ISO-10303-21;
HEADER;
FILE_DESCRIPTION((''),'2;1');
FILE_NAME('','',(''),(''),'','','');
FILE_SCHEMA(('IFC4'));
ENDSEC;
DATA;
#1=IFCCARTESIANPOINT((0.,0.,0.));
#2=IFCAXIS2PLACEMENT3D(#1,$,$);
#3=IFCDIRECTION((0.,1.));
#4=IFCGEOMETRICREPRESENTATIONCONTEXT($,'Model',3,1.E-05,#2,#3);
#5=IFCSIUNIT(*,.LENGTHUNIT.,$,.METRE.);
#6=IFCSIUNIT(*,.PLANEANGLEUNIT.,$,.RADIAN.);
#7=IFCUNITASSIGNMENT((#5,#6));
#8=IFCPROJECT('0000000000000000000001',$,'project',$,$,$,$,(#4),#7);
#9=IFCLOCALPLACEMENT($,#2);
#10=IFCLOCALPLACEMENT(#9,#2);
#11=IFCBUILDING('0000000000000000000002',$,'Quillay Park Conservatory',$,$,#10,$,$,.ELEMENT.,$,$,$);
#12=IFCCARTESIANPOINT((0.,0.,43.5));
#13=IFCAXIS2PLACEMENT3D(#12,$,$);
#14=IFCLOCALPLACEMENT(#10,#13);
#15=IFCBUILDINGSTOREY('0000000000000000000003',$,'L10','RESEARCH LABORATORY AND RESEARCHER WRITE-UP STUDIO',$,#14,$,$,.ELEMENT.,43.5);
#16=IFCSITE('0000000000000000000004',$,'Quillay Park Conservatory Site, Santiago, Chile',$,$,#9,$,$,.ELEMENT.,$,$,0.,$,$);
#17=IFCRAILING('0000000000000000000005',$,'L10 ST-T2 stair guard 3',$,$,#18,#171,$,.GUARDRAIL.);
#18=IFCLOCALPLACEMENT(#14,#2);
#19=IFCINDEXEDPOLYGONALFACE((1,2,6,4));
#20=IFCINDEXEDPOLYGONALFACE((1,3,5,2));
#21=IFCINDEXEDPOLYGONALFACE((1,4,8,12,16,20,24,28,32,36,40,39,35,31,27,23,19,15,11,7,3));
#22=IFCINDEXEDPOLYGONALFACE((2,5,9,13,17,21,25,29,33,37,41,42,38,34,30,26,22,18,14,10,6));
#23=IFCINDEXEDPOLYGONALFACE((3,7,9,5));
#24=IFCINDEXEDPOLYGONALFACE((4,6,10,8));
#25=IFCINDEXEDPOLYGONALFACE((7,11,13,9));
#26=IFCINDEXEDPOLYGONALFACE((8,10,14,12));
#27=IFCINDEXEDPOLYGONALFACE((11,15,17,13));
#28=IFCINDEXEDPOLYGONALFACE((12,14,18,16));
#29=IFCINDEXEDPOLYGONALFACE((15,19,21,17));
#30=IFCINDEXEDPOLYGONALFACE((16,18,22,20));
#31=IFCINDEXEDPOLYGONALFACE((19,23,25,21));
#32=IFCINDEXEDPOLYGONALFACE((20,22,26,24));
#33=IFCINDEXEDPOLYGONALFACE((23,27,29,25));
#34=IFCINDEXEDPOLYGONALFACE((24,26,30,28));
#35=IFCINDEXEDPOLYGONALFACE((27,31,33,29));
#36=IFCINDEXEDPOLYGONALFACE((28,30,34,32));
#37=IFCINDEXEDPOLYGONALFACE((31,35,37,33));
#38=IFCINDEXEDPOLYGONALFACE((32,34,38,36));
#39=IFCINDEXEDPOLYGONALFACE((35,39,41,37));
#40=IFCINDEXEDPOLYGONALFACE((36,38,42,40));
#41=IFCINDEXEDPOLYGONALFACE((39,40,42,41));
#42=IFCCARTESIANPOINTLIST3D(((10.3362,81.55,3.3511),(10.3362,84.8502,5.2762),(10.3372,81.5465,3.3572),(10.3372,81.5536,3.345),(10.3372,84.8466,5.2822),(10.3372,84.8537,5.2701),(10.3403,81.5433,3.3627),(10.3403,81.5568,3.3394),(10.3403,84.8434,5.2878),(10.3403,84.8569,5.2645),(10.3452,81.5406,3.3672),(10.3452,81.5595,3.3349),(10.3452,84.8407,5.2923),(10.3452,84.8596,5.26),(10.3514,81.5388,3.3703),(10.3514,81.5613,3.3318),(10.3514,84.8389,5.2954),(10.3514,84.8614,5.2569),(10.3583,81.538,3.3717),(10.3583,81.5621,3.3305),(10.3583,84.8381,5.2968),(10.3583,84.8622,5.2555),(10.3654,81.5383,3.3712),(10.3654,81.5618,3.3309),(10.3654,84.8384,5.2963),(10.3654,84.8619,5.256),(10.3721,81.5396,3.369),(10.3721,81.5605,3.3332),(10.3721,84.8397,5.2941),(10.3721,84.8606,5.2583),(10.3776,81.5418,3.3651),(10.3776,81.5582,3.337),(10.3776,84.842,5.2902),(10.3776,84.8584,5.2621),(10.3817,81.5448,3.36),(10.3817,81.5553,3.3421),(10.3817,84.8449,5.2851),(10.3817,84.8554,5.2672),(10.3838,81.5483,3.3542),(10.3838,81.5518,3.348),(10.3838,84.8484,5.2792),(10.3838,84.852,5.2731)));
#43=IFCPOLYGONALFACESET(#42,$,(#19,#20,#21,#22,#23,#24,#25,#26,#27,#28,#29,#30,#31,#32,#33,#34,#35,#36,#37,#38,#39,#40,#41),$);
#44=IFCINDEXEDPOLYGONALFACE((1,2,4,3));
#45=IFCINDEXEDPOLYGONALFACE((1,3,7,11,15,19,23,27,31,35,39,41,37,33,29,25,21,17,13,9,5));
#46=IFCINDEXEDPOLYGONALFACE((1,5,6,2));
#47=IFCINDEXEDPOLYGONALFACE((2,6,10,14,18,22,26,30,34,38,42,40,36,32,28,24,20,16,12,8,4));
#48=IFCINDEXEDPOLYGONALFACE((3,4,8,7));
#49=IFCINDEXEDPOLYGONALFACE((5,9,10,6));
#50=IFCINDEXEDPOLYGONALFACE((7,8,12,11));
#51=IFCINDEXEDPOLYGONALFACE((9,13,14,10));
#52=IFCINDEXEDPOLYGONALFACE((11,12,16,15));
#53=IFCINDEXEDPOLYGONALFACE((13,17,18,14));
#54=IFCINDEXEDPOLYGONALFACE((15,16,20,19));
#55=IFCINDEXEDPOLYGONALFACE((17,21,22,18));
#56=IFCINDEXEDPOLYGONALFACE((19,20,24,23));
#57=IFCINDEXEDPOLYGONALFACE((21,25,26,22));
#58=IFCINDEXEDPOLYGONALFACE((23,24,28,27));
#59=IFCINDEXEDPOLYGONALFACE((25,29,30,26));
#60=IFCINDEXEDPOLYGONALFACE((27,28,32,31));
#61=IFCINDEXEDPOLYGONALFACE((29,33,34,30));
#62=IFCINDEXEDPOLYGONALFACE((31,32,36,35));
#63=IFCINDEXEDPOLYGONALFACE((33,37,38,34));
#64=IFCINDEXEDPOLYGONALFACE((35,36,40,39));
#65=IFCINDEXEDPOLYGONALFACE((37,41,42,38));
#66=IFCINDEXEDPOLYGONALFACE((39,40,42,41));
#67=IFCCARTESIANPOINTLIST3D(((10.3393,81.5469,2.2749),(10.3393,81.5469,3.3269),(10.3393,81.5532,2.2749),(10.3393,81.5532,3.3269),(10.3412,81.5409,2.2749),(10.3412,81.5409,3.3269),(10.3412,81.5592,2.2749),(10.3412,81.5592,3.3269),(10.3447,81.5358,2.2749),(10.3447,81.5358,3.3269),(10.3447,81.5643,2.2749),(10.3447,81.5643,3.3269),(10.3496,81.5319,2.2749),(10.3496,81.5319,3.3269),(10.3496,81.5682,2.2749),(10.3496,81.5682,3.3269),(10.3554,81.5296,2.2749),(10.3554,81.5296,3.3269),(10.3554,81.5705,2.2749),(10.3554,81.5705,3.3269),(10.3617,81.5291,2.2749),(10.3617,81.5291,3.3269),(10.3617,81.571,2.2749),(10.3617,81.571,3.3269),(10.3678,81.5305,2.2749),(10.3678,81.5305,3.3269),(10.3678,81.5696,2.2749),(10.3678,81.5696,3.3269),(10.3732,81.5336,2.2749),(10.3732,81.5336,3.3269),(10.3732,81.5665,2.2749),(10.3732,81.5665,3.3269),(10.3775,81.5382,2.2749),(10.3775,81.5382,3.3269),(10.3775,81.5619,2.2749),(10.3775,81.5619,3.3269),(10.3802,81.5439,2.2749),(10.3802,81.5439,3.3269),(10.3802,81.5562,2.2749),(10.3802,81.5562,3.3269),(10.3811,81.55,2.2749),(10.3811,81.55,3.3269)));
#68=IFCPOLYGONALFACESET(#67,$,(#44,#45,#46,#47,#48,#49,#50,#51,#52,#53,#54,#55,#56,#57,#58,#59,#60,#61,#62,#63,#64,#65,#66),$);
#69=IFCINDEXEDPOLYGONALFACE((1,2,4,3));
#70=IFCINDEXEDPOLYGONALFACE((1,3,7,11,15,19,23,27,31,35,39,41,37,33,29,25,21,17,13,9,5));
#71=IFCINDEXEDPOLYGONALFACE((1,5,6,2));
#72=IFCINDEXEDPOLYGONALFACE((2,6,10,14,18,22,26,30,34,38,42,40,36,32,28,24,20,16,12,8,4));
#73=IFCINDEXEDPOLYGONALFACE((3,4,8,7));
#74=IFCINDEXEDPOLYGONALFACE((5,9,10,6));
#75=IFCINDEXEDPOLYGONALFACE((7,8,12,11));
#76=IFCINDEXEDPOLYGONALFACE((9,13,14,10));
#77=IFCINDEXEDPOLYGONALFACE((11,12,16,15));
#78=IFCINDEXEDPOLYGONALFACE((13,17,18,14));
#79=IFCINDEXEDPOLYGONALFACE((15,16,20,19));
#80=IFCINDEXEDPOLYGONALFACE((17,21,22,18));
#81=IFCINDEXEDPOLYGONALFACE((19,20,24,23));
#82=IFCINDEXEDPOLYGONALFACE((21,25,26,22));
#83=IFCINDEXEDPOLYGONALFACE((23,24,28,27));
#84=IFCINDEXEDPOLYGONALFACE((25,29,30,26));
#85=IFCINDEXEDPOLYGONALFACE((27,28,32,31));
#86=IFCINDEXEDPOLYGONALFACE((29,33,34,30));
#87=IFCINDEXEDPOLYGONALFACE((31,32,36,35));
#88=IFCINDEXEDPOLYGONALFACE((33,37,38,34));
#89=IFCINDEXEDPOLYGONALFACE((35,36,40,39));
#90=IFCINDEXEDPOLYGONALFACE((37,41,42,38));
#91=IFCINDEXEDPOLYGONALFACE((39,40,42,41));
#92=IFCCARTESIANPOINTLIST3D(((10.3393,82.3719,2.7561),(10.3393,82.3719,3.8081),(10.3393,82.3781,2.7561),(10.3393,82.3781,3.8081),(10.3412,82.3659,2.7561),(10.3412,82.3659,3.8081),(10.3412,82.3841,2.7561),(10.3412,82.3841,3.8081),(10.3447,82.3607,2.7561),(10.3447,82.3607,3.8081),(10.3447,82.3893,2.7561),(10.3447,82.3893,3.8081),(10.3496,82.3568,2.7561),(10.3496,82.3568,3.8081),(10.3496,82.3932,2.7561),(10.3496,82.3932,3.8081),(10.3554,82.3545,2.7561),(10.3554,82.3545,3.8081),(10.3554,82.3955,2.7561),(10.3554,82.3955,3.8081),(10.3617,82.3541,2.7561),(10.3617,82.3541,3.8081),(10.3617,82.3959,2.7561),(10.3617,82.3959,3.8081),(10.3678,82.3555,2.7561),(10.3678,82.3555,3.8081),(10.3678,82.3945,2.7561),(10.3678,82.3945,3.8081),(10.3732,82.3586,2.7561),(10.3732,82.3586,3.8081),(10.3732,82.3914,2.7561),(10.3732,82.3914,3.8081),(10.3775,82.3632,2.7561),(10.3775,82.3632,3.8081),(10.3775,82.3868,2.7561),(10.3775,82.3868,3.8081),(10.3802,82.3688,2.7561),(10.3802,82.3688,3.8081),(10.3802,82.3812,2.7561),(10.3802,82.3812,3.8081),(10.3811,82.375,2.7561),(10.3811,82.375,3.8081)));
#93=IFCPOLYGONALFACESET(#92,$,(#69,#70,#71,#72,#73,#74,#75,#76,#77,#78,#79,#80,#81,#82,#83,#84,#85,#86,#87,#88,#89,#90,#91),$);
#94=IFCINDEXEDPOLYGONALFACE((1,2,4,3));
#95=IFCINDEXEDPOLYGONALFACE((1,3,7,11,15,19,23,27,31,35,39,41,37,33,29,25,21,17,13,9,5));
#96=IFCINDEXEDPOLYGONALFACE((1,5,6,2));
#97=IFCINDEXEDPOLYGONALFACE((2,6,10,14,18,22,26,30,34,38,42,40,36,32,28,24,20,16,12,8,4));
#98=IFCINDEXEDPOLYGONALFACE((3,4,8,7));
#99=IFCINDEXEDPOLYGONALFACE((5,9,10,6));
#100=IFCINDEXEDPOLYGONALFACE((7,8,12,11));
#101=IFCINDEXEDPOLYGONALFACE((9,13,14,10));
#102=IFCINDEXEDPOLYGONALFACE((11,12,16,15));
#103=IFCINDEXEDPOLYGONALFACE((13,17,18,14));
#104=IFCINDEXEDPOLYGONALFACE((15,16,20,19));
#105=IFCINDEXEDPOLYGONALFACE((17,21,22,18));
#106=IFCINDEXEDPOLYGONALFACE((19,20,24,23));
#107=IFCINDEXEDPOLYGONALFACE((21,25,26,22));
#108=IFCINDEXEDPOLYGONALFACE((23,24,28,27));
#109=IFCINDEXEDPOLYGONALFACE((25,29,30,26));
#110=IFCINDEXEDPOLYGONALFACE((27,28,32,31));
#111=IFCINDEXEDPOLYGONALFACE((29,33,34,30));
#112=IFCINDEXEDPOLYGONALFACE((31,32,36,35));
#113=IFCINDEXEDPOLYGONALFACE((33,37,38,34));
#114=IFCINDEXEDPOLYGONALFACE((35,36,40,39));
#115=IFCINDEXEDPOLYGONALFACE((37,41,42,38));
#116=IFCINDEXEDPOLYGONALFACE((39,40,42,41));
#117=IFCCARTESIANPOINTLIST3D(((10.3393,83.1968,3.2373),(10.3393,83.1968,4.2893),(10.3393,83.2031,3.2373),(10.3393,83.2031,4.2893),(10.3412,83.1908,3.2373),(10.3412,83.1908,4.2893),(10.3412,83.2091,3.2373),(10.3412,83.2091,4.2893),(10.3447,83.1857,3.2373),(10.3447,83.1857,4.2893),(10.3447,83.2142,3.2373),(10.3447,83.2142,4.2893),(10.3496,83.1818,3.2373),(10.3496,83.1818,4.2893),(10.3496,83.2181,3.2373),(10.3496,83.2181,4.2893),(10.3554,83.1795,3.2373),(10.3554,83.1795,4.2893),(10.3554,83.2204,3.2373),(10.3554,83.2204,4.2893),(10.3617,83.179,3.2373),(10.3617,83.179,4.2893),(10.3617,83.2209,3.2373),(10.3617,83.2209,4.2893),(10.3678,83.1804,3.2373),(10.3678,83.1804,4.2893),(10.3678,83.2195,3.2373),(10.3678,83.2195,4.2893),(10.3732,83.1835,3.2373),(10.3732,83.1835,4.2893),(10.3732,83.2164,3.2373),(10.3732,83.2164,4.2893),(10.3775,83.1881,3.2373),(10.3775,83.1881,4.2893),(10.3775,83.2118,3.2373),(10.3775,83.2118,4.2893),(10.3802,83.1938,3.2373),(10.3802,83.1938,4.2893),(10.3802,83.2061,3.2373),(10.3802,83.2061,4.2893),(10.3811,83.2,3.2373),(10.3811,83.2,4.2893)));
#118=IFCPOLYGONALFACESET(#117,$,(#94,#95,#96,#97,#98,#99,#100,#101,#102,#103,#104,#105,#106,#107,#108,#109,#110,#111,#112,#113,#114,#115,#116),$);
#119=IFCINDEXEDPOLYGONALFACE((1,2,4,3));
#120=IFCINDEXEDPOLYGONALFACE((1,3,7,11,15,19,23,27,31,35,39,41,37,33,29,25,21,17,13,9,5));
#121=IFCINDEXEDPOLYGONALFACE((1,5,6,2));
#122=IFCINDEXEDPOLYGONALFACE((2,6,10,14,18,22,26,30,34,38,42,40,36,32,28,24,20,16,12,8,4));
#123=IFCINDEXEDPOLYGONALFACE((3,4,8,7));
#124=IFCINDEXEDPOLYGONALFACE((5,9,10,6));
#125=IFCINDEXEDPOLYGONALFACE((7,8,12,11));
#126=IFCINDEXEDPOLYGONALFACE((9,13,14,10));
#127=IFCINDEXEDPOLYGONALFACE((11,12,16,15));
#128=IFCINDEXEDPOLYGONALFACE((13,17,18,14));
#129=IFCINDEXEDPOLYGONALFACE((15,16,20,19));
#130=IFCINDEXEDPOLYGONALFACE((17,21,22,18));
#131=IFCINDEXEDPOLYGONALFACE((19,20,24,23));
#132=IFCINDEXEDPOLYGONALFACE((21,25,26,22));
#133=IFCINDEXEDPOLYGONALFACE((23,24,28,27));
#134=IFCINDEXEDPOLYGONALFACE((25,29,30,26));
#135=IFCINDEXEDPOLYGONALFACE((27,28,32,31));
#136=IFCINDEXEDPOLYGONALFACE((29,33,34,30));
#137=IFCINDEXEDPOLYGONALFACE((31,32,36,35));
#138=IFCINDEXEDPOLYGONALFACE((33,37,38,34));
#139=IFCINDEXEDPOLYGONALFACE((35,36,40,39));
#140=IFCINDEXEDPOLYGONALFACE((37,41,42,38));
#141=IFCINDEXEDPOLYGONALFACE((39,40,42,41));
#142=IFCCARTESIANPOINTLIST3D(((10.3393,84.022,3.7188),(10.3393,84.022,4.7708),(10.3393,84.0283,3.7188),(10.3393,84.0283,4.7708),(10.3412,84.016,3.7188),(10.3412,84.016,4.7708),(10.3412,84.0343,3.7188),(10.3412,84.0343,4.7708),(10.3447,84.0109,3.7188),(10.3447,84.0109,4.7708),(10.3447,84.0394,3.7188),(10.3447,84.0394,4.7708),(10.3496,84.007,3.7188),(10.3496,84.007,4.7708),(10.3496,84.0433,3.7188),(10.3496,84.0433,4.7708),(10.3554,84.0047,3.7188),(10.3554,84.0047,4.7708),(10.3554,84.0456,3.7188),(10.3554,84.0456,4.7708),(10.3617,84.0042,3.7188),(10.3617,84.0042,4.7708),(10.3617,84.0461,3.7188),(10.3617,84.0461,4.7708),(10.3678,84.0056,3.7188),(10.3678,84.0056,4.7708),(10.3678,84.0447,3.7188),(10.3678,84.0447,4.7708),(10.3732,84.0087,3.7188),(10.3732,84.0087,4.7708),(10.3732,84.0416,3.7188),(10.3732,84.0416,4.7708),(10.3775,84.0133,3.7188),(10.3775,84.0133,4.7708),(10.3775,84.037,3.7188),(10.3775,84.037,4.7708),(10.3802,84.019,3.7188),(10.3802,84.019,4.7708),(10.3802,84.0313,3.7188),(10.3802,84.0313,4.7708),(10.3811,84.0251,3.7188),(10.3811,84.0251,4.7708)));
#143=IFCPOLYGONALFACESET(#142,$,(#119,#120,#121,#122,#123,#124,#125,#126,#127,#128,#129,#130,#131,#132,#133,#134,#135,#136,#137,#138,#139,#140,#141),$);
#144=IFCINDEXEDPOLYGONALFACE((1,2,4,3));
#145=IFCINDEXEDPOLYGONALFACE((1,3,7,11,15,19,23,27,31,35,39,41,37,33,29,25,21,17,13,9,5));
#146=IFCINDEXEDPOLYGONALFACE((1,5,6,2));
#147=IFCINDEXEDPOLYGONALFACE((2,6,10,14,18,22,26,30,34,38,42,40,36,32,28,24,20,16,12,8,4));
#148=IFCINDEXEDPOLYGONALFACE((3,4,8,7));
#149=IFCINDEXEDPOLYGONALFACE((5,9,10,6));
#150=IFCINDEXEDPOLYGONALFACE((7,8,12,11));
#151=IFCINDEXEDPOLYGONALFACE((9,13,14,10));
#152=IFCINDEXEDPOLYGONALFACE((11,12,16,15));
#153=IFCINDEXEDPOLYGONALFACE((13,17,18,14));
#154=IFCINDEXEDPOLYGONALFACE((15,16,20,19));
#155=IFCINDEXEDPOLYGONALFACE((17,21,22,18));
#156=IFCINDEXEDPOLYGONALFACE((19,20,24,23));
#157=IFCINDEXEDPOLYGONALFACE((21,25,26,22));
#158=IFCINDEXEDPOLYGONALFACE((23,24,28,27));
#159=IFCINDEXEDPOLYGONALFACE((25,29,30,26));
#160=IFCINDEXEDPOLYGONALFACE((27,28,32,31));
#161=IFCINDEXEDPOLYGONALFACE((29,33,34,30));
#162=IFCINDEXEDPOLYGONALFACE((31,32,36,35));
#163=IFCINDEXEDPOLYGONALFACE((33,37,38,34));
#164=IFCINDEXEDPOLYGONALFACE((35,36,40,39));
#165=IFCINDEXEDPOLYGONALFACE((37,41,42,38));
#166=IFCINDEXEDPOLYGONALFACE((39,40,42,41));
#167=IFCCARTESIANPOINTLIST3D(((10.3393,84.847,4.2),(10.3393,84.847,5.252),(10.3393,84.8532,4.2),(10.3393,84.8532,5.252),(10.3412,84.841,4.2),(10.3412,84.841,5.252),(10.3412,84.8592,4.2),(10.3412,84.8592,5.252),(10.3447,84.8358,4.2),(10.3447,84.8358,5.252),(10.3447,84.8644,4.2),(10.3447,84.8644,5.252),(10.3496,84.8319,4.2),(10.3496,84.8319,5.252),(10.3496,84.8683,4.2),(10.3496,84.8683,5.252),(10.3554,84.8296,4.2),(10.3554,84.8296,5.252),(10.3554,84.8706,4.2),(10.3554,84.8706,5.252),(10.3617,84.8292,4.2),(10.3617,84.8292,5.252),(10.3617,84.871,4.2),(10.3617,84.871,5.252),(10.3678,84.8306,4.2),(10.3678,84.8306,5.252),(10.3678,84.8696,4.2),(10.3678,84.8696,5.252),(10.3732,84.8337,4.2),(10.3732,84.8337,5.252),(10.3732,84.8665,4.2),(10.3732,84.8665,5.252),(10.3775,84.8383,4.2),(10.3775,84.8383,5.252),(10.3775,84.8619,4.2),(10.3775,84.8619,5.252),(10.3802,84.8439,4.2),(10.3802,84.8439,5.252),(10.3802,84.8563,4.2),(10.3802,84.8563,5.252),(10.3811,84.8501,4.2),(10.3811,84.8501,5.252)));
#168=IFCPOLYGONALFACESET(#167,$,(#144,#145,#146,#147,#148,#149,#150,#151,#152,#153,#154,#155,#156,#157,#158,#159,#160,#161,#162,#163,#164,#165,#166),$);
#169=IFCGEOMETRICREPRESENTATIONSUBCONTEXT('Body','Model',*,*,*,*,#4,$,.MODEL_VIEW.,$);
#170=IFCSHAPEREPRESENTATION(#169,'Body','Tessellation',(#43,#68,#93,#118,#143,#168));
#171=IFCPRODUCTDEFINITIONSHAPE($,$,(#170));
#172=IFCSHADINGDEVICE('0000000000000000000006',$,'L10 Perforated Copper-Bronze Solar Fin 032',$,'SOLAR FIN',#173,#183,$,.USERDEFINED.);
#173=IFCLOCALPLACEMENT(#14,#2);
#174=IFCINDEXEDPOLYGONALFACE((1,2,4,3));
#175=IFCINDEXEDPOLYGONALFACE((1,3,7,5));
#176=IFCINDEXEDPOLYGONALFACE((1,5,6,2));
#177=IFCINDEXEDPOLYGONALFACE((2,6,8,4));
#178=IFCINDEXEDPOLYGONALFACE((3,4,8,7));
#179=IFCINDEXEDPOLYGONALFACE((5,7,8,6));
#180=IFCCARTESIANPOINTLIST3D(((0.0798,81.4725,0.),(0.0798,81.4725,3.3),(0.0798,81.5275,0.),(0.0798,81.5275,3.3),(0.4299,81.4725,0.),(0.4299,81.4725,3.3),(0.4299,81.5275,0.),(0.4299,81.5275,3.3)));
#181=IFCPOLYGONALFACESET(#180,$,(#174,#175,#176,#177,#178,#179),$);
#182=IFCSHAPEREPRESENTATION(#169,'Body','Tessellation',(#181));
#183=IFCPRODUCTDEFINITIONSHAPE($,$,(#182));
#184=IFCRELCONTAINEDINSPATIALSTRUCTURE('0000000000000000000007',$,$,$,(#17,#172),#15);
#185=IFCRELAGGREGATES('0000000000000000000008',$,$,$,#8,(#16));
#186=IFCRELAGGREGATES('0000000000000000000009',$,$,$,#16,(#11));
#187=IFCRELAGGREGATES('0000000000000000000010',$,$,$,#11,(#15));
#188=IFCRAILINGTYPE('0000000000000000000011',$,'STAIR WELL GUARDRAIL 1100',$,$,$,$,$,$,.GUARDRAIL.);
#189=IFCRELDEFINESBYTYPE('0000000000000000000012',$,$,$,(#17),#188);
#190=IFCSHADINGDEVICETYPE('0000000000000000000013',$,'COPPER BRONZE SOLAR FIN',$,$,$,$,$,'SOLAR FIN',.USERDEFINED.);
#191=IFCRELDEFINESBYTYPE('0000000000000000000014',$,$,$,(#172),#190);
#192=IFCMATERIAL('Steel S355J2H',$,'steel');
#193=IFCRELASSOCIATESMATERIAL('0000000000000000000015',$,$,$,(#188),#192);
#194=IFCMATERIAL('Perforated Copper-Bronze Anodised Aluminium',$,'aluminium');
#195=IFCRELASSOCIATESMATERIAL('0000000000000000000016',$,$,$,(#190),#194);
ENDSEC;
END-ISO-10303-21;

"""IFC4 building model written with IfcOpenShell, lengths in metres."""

from ifc_helpers import new_model, si_unit, direction, frame, origin, origin_2d, place, context, subcontext, project, spatial, rectangle, circle, extrude, material, type_object, element, save


model = new_model("IFC4")

# Units and contexts
model_context = context("Model", 3, precision=1e-05, world=origin(), true_north=direction((0.0, 1.0)))
body_context = subcontext(model_context, "Body", "Model", "MODEL_VIEW")
ifc_project = project(units=[si_unit("LENGTHUNIT", "METRE"), si_unit("PLANEANGLEUNIT", "RADIAN")], contexts=[model_context])

# Site, building, storey
site_placement = place(None, origin())
site = spatial("IfcSite", under=ifc_project, at=site_placement, Name="Quillay Park Conservatory Site, Santiago, Chile", CompositionType="ELEMENT", RefElevation=0.0)
building_placement = place(site_placement, origin())
building = spatial("IfcBuilding", under=site, at=building_placement, Name="Quillay Park Conservatory", CompositionType="ELEMENT")
storey_placement = place(building_placement, frame((0.0, 0.0, 43.5)))
storey = spatial("IfcBuildingStorey", under=building, at=storey_placement, Name="L10", Description="RESEARCH LABORATORY AND RESEARCHER WRITE-UP STUDIO", CompositionType="ELEMENT", Elevation=43.5)

# Railing
ifc_material_1 = material(Name="Steel S355J2H", Category="steel")
railing_type_1 = type_object("IfcRailingType", Name="STAIR WELL GUARDRAIL 1100", PredefinedType="GUARDRAIL", material=ifc_material_1)
railing_1_placement = place(storey_placement, frame((10.3601, 81.55, 2.2749)))
element("IfcRailing", 1, at=railing_1_placement, inside=storey, type_object=railing_type_1, Name="L10 ST-T2 stair guard 3", PredefinedType="GUARDRAIL", context=body_context, shape_type="SweptSolid", body=[
    extrude(circle(Radius=0.0239, at=origin_2d()), frame((0.0, 0.0, 1.0762), z_axis=(0.0, 0.863777, 0.503875), x_axis=(-1.0, 0.0, 0.0)), (0.0, 0.0, 1.0), 3.8206),
    extrude(circle(Radius=0.021, at=origin_2d()), origin(), (0.0, 0.0, 1.0), 1.052),
    extrude(circle(Radius=0.021, at=origin_2d()), frame((0.0, 0.825, 0.4812)), (0.0, 0.0, 1.0), 1.052),
    extrude(circle(Radius=0.021, at=origin_2d()), frame((0.0, 1.6499, 0.9624)), (0.0, 0.0, 1.0), 1.052),
    extrude(circle(Radius=0.021, at=origin_2d()), frame((0.0, 2.4751, 1.4438)), (0.0, 0.0, 1.0), 1.052),
    extrude(circle(Radius=0.021, at=origin_2d()), frame((0.0, 3.3, 1.925)), (0.0, 0.0, 1.0), 1.052),
])

# Shading device
ifc_material_2 = material(Name="Perforated Copper-Bronze Anodised Aluminium", Category="aluminium")
shading_device_type = type_object("IfcShadingDeviceType", Name="COPPER BRONZE SOLAR FIN", ElementType="SOLAR FIN", PredefinedType="USERDEFINED", material=ifc_material_2)
shading_device_placement = place(storey_placement, frame((0.2549, 81.5, 0.0), z_axis=(0.0, 0.0, 1.0), x_axis=(1.0, 0.0, 0.0)))
element("IfcShadingDevice", 2, at=shading_device_placement, inside=storey, type_object=shading_device_type, Name="L10 Perforated Copper-Bronze Solar Fin 032", ObjectType="SOLAR FIN", PredefinedType="USERDEFINED", context=body_context, shape_type="SweptSolid", body=[
    extrude(rectangle(XDim=0.3501, YDim=0.0549, at=origin_2d()), origin(), (0.0, 0.0, 1.0), 3.3),
])

save(model, "model.ifc")
